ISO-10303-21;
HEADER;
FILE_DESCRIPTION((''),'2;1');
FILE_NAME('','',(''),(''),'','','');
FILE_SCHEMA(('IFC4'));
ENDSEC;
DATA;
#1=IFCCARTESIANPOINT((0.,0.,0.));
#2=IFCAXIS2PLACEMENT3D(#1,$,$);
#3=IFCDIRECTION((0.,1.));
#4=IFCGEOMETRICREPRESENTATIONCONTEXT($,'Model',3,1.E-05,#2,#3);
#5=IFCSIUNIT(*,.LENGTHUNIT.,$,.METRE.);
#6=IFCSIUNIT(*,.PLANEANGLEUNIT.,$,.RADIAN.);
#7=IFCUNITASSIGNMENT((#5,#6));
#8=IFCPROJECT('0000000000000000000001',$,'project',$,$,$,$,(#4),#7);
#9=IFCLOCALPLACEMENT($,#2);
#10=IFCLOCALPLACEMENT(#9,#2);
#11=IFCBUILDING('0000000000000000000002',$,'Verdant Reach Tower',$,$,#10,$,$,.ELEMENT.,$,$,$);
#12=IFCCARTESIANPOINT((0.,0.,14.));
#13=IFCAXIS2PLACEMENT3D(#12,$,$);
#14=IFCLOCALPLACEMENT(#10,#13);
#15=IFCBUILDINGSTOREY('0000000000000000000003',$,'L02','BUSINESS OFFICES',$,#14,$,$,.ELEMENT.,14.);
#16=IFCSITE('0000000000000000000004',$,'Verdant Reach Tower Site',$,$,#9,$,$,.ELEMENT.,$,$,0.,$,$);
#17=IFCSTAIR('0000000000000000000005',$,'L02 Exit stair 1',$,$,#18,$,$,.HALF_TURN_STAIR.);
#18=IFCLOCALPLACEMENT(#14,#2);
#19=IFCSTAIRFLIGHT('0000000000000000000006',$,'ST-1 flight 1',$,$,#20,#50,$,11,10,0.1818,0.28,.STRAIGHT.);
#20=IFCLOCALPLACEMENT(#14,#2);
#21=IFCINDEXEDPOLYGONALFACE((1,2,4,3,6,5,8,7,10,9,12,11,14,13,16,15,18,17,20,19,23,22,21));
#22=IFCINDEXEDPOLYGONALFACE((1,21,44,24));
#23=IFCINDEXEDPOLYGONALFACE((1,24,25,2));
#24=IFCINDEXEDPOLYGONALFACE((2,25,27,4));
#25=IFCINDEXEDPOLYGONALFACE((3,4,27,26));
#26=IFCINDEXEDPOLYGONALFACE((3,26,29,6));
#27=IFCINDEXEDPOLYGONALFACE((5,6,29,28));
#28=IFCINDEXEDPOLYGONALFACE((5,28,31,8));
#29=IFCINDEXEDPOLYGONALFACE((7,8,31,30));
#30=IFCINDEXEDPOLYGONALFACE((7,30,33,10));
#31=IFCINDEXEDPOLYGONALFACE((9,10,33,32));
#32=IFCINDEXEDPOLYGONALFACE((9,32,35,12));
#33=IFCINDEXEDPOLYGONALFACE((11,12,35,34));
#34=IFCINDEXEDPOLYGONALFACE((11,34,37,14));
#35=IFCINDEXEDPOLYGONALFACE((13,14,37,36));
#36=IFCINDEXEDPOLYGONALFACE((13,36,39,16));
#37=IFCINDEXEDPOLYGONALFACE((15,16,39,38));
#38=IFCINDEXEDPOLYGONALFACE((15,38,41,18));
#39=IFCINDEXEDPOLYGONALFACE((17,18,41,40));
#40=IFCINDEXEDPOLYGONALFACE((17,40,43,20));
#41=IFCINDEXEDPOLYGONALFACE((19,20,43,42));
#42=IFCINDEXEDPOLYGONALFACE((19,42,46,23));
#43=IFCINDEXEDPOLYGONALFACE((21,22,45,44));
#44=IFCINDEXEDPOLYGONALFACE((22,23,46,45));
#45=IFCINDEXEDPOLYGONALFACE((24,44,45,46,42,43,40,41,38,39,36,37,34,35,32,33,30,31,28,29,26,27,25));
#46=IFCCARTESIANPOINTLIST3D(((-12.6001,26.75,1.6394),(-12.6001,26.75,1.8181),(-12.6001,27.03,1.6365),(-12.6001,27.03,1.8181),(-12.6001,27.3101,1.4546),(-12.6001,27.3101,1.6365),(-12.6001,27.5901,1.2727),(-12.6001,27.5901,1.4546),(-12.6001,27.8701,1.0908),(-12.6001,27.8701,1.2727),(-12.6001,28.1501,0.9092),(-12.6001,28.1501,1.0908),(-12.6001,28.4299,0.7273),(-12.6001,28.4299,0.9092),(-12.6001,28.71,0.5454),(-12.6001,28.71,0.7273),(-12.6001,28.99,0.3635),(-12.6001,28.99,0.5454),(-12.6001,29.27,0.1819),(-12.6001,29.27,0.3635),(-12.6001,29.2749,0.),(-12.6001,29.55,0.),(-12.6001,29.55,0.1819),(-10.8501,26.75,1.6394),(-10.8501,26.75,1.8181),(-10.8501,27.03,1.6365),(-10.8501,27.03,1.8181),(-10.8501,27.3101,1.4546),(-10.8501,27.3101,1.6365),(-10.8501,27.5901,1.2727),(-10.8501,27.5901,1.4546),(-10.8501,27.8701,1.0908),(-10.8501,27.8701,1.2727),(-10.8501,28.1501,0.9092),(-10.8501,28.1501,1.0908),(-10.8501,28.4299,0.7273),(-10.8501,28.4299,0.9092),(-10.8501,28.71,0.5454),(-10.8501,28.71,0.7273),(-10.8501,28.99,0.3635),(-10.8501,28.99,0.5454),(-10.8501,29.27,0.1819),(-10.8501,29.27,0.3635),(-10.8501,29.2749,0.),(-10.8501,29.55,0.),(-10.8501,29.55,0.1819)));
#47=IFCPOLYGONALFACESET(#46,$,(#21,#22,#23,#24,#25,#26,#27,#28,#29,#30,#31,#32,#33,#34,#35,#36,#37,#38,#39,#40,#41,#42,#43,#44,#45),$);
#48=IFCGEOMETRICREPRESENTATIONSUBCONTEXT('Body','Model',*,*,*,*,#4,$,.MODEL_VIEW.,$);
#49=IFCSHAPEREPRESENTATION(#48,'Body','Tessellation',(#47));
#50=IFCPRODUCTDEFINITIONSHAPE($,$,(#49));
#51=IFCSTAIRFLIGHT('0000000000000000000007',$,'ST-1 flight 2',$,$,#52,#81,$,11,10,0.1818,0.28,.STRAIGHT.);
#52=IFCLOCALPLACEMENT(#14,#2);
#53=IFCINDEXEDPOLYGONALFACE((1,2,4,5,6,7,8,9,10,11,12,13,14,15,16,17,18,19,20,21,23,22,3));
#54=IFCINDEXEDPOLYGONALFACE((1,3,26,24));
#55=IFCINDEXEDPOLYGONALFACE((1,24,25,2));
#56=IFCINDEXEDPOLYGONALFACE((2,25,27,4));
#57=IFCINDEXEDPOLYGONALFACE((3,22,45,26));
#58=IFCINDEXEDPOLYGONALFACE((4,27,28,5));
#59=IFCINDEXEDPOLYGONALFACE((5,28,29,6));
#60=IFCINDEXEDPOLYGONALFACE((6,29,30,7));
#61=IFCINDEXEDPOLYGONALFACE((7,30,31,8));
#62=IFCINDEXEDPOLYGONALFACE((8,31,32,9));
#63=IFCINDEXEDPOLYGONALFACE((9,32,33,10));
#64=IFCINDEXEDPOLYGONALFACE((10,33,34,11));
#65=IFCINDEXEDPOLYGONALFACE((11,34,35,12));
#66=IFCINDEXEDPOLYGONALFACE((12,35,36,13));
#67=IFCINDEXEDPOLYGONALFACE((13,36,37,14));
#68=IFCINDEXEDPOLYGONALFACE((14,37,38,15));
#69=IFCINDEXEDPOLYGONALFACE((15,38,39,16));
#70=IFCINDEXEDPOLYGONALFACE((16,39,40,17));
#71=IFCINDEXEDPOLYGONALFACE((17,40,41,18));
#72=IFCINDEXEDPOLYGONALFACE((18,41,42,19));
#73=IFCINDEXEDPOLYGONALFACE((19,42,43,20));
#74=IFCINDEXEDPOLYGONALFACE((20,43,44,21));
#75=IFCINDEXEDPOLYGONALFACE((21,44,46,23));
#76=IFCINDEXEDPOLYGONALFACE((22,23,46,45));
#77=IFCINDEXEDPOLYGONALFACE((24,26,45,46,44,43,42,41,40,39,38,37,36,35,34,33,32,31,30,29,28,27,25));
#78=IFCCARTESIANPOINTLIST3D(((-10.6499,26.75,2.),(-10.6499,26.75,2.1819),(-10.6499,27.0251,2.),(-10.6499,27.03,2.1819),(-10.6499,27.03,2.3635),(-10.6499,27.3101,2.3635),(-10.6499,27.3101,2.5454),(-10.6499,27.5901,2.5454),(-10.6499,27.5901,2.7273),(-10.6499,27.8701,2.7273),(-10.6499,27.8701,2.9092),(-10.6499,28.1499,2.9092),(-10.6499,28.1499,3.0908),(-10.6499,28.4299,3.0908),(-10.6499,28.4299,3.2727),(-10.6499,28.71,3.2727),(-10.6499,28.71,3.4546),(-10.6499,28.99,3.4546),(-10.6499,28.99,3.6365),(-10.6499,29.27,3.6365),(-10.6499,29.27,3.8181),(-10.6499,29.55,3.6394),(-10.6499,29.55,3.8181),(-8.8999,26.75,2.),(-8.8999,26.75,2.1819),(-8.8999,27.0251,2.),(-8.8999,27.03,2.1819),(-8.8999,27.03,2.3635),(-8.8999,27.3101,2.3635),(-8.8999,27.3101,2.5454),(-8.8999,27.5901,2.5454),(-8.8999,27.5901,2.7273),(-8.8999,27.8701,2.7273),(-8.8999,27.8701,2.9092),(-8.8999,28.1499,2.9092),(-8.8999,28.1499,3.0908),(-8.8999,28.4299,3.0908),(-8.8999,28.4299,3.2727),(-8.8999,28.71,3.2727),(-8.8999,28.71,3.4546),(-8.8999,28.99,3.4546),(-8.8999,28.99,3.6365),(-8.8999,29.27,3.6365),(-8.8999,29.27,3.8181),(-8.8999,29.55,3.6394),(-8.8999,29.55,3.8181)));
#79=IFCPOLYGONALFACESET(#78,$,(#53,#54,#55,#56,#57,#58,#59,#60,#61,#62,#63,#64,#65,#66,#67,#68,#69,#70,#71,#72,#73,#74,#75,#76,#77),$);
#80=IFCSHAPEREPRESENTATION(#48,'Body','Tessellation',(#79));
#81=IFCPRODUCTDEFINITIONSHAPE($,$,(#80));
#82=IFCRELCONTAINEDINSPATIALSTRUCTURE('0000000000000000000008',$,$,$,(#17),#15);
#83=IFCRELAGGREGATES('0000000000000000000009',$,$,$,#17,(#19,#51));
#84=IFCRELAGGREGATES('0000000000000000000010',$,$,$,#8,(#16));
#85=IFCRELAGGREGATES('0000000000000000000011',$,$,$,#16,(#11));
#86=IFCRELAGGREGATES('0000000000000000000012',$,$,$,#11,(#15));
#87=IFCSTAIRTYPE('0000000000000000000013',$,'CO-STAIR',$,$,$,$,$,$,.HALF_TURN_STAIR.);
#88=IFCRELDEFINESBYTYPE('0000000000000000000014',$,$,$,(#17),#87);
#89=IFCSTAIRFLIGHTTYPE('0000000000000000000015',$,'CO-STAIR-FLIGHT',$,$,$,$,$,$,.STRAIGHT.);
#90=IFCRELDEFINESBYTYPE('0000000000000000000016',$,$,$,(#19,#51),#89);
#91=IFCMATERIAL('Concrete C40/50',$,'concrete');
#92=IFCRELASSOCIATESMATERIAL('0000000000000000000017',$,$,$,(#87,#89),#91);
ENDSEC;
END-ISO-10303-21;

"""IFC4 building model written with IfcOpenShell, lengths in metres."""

from ifc_helpers import new_model, si_unit, direction, frame, origin, place, context, subcontext, project, spatial, polyline, outline, extrude, material, type_object, element, aggregate, save


model = new_model("IFC4")

# Units and contexts
model_context = context("Model", 3, precision=1e-05, world=origin(), true_north=direction((0.0, 1.0)))
body_context = subcontext(model_context, "Body", "Model", "MODEL_VIEW")
ifc_project = project(units=[si_unit("LENGTHUNIT", "METRE"), si_unit("PLANEANGLEUNIT", "RADIAN")], contexts=[model_context])

# Site, building, storey
site_placement = place(None, origin())
site = spatial("IfcSite", under=ifc_project, at=site_placement, Name="Verdant Reach Tower Site", CompositionType="ELEMENT", RefElevation=0.0)
building_placement = place(site_placement, origin())
building = spatial("IfcBuilding", under=site, at=building_placement, Name="Verdant Reach Tower", CompositionType="ELEMENT")
storey_placement = place(building_placement, frame((0.0, 0.0, 14.0)))
storey = spatial("IfcBuildingStorey", under=building, at=storey_placement, Name="L02", Description="BUSINESS OFFICES", CompositionType="ELEMENT", Elevation=14.0)

# Shared definitions
ifc_material_1 = material(Name="Concrete C40/50", Category="concrete")

# Stair, stair flights
stair_type = type_object("IfcStairType", Name="CO-STAIR", PredefinedType="HALF_TURN_STAIR", material=ifc_material_1)
stair_placement = place(storey_placement, origin())
stair = element("IfcStair", 1, at=stair_placement, inside=storey, type_object=stair_type, Name="L02 Exit stair 1", PredefinedType="HALF_TURN_STAIR")
stair_flight_type = type_object("IfcStairFlightType", Name="CO-STAIR-FLIGHT", PredefinedType="STRAIGHT", material=ifc_material_1)
stair_flight_1_placement = place(storey_placement, frame((-11.7251, 29.55, 0.0), z_axis=(0.0, 0.0, 1.0), x_axis=(0.0, -1.0, 0.0)))
stair_flight_1 = element("IfcStairFlight", 2, at=stair_flight_1_placement, type_object=stair_flight_type, Name="ST-1 flight 1", NumberOfRisers=11, NumberOfTreads=10, PredefinedType="STRAIGHT", RiserHeight=0.1818, TreadLength=0.28, context=body_context, shape_type="SweptSolid", body=[
    extrude(outline(polyline([(0.0, 0.0), (0.0, 0.1819), (0.28, 0.1819), (0.28, 0.3635), (0.5601, 0.3635), (0.5601, 0.5454), (0.8401, 0.5454), (0.8401, 0.7273), (1.1201, 0.7273), (1.1201, 0.9092), (1.3999, 0.9092), (1.3999, 1.0908), (1.6799, 1.0908), (1.6799, 1.2727), (1.96, 1.2727), (1.96, 1.4546), (2.24, 1.4546), (2.24, 1.6365), (2.52, 1.6365), (2.52, 1.8181), (2.8, 1.8181), (2.8, 2.0), (2.8, 1.6394), (0.2751, 0.0), (0.0, 0.0)])), frame((0.0, 0.875, 0.0), z_axis=(0.0, -1.0, 0.0), x_axis=(1.0, 0.0, 0.0)), (0.0, 0.0, 1.0), 1.75),
])
stair_flight_2_placement = place(storey_placement, frame((-9.7749, 26.75, 2.0), z_axis=(0.0, 0.0, 1.0), x_axis=(0.0, 1.0, 0.0)))
stair_flight_2 = element("IfcStairFlight", 3, at=stair_flight_2_placement, type_object=stair_flight_type, Name="ST-1 flight 2", NumberOfRisers=11, NumberOfTreads=10, PredefinedType="STRAIGHT", RiserHeight=0.1818, TreadLength=0.28, context=body_context, shape_type="SweptSolid", body=[
    extrude(outline(polyline([(0.0, 0.0), (0.0, 0.1819), (0.28, 0.1819), (0.28, 0.3635), (0.5601, 0.3635), (0.5601, 0.5454), (0.8401, 0.5454), (0.8401, 0.7273), (1.1201, 0.7273), (1.1201, 0.9092), (1.3999, 0.9092), (1.3999, 1.0908), (1.6799, 1.0908), (1.6799, 1.2727), (1.96, 1.2727), (1.96, 1.4546), (2.24, 1.4546), (2.24, 1.6365), (2.52, 1.6365), (2.52, 1.8181), (2.8, 1.8181), (2.8, 2.0), (2.8, 1.6394), (0.2751, 0.0), (0.0, 0.0)])), frame((0.0, 0.875, 0.0), z_axis=(0.0, -1.0, 0.0), x_axis=(1.0, 0.0, 0.0)), (0.0, 0.0, 1.0), 1.75),
])
aggregate(stair, [stair_flight_1, stair_flight_2])

save(model, "model.ifc")
